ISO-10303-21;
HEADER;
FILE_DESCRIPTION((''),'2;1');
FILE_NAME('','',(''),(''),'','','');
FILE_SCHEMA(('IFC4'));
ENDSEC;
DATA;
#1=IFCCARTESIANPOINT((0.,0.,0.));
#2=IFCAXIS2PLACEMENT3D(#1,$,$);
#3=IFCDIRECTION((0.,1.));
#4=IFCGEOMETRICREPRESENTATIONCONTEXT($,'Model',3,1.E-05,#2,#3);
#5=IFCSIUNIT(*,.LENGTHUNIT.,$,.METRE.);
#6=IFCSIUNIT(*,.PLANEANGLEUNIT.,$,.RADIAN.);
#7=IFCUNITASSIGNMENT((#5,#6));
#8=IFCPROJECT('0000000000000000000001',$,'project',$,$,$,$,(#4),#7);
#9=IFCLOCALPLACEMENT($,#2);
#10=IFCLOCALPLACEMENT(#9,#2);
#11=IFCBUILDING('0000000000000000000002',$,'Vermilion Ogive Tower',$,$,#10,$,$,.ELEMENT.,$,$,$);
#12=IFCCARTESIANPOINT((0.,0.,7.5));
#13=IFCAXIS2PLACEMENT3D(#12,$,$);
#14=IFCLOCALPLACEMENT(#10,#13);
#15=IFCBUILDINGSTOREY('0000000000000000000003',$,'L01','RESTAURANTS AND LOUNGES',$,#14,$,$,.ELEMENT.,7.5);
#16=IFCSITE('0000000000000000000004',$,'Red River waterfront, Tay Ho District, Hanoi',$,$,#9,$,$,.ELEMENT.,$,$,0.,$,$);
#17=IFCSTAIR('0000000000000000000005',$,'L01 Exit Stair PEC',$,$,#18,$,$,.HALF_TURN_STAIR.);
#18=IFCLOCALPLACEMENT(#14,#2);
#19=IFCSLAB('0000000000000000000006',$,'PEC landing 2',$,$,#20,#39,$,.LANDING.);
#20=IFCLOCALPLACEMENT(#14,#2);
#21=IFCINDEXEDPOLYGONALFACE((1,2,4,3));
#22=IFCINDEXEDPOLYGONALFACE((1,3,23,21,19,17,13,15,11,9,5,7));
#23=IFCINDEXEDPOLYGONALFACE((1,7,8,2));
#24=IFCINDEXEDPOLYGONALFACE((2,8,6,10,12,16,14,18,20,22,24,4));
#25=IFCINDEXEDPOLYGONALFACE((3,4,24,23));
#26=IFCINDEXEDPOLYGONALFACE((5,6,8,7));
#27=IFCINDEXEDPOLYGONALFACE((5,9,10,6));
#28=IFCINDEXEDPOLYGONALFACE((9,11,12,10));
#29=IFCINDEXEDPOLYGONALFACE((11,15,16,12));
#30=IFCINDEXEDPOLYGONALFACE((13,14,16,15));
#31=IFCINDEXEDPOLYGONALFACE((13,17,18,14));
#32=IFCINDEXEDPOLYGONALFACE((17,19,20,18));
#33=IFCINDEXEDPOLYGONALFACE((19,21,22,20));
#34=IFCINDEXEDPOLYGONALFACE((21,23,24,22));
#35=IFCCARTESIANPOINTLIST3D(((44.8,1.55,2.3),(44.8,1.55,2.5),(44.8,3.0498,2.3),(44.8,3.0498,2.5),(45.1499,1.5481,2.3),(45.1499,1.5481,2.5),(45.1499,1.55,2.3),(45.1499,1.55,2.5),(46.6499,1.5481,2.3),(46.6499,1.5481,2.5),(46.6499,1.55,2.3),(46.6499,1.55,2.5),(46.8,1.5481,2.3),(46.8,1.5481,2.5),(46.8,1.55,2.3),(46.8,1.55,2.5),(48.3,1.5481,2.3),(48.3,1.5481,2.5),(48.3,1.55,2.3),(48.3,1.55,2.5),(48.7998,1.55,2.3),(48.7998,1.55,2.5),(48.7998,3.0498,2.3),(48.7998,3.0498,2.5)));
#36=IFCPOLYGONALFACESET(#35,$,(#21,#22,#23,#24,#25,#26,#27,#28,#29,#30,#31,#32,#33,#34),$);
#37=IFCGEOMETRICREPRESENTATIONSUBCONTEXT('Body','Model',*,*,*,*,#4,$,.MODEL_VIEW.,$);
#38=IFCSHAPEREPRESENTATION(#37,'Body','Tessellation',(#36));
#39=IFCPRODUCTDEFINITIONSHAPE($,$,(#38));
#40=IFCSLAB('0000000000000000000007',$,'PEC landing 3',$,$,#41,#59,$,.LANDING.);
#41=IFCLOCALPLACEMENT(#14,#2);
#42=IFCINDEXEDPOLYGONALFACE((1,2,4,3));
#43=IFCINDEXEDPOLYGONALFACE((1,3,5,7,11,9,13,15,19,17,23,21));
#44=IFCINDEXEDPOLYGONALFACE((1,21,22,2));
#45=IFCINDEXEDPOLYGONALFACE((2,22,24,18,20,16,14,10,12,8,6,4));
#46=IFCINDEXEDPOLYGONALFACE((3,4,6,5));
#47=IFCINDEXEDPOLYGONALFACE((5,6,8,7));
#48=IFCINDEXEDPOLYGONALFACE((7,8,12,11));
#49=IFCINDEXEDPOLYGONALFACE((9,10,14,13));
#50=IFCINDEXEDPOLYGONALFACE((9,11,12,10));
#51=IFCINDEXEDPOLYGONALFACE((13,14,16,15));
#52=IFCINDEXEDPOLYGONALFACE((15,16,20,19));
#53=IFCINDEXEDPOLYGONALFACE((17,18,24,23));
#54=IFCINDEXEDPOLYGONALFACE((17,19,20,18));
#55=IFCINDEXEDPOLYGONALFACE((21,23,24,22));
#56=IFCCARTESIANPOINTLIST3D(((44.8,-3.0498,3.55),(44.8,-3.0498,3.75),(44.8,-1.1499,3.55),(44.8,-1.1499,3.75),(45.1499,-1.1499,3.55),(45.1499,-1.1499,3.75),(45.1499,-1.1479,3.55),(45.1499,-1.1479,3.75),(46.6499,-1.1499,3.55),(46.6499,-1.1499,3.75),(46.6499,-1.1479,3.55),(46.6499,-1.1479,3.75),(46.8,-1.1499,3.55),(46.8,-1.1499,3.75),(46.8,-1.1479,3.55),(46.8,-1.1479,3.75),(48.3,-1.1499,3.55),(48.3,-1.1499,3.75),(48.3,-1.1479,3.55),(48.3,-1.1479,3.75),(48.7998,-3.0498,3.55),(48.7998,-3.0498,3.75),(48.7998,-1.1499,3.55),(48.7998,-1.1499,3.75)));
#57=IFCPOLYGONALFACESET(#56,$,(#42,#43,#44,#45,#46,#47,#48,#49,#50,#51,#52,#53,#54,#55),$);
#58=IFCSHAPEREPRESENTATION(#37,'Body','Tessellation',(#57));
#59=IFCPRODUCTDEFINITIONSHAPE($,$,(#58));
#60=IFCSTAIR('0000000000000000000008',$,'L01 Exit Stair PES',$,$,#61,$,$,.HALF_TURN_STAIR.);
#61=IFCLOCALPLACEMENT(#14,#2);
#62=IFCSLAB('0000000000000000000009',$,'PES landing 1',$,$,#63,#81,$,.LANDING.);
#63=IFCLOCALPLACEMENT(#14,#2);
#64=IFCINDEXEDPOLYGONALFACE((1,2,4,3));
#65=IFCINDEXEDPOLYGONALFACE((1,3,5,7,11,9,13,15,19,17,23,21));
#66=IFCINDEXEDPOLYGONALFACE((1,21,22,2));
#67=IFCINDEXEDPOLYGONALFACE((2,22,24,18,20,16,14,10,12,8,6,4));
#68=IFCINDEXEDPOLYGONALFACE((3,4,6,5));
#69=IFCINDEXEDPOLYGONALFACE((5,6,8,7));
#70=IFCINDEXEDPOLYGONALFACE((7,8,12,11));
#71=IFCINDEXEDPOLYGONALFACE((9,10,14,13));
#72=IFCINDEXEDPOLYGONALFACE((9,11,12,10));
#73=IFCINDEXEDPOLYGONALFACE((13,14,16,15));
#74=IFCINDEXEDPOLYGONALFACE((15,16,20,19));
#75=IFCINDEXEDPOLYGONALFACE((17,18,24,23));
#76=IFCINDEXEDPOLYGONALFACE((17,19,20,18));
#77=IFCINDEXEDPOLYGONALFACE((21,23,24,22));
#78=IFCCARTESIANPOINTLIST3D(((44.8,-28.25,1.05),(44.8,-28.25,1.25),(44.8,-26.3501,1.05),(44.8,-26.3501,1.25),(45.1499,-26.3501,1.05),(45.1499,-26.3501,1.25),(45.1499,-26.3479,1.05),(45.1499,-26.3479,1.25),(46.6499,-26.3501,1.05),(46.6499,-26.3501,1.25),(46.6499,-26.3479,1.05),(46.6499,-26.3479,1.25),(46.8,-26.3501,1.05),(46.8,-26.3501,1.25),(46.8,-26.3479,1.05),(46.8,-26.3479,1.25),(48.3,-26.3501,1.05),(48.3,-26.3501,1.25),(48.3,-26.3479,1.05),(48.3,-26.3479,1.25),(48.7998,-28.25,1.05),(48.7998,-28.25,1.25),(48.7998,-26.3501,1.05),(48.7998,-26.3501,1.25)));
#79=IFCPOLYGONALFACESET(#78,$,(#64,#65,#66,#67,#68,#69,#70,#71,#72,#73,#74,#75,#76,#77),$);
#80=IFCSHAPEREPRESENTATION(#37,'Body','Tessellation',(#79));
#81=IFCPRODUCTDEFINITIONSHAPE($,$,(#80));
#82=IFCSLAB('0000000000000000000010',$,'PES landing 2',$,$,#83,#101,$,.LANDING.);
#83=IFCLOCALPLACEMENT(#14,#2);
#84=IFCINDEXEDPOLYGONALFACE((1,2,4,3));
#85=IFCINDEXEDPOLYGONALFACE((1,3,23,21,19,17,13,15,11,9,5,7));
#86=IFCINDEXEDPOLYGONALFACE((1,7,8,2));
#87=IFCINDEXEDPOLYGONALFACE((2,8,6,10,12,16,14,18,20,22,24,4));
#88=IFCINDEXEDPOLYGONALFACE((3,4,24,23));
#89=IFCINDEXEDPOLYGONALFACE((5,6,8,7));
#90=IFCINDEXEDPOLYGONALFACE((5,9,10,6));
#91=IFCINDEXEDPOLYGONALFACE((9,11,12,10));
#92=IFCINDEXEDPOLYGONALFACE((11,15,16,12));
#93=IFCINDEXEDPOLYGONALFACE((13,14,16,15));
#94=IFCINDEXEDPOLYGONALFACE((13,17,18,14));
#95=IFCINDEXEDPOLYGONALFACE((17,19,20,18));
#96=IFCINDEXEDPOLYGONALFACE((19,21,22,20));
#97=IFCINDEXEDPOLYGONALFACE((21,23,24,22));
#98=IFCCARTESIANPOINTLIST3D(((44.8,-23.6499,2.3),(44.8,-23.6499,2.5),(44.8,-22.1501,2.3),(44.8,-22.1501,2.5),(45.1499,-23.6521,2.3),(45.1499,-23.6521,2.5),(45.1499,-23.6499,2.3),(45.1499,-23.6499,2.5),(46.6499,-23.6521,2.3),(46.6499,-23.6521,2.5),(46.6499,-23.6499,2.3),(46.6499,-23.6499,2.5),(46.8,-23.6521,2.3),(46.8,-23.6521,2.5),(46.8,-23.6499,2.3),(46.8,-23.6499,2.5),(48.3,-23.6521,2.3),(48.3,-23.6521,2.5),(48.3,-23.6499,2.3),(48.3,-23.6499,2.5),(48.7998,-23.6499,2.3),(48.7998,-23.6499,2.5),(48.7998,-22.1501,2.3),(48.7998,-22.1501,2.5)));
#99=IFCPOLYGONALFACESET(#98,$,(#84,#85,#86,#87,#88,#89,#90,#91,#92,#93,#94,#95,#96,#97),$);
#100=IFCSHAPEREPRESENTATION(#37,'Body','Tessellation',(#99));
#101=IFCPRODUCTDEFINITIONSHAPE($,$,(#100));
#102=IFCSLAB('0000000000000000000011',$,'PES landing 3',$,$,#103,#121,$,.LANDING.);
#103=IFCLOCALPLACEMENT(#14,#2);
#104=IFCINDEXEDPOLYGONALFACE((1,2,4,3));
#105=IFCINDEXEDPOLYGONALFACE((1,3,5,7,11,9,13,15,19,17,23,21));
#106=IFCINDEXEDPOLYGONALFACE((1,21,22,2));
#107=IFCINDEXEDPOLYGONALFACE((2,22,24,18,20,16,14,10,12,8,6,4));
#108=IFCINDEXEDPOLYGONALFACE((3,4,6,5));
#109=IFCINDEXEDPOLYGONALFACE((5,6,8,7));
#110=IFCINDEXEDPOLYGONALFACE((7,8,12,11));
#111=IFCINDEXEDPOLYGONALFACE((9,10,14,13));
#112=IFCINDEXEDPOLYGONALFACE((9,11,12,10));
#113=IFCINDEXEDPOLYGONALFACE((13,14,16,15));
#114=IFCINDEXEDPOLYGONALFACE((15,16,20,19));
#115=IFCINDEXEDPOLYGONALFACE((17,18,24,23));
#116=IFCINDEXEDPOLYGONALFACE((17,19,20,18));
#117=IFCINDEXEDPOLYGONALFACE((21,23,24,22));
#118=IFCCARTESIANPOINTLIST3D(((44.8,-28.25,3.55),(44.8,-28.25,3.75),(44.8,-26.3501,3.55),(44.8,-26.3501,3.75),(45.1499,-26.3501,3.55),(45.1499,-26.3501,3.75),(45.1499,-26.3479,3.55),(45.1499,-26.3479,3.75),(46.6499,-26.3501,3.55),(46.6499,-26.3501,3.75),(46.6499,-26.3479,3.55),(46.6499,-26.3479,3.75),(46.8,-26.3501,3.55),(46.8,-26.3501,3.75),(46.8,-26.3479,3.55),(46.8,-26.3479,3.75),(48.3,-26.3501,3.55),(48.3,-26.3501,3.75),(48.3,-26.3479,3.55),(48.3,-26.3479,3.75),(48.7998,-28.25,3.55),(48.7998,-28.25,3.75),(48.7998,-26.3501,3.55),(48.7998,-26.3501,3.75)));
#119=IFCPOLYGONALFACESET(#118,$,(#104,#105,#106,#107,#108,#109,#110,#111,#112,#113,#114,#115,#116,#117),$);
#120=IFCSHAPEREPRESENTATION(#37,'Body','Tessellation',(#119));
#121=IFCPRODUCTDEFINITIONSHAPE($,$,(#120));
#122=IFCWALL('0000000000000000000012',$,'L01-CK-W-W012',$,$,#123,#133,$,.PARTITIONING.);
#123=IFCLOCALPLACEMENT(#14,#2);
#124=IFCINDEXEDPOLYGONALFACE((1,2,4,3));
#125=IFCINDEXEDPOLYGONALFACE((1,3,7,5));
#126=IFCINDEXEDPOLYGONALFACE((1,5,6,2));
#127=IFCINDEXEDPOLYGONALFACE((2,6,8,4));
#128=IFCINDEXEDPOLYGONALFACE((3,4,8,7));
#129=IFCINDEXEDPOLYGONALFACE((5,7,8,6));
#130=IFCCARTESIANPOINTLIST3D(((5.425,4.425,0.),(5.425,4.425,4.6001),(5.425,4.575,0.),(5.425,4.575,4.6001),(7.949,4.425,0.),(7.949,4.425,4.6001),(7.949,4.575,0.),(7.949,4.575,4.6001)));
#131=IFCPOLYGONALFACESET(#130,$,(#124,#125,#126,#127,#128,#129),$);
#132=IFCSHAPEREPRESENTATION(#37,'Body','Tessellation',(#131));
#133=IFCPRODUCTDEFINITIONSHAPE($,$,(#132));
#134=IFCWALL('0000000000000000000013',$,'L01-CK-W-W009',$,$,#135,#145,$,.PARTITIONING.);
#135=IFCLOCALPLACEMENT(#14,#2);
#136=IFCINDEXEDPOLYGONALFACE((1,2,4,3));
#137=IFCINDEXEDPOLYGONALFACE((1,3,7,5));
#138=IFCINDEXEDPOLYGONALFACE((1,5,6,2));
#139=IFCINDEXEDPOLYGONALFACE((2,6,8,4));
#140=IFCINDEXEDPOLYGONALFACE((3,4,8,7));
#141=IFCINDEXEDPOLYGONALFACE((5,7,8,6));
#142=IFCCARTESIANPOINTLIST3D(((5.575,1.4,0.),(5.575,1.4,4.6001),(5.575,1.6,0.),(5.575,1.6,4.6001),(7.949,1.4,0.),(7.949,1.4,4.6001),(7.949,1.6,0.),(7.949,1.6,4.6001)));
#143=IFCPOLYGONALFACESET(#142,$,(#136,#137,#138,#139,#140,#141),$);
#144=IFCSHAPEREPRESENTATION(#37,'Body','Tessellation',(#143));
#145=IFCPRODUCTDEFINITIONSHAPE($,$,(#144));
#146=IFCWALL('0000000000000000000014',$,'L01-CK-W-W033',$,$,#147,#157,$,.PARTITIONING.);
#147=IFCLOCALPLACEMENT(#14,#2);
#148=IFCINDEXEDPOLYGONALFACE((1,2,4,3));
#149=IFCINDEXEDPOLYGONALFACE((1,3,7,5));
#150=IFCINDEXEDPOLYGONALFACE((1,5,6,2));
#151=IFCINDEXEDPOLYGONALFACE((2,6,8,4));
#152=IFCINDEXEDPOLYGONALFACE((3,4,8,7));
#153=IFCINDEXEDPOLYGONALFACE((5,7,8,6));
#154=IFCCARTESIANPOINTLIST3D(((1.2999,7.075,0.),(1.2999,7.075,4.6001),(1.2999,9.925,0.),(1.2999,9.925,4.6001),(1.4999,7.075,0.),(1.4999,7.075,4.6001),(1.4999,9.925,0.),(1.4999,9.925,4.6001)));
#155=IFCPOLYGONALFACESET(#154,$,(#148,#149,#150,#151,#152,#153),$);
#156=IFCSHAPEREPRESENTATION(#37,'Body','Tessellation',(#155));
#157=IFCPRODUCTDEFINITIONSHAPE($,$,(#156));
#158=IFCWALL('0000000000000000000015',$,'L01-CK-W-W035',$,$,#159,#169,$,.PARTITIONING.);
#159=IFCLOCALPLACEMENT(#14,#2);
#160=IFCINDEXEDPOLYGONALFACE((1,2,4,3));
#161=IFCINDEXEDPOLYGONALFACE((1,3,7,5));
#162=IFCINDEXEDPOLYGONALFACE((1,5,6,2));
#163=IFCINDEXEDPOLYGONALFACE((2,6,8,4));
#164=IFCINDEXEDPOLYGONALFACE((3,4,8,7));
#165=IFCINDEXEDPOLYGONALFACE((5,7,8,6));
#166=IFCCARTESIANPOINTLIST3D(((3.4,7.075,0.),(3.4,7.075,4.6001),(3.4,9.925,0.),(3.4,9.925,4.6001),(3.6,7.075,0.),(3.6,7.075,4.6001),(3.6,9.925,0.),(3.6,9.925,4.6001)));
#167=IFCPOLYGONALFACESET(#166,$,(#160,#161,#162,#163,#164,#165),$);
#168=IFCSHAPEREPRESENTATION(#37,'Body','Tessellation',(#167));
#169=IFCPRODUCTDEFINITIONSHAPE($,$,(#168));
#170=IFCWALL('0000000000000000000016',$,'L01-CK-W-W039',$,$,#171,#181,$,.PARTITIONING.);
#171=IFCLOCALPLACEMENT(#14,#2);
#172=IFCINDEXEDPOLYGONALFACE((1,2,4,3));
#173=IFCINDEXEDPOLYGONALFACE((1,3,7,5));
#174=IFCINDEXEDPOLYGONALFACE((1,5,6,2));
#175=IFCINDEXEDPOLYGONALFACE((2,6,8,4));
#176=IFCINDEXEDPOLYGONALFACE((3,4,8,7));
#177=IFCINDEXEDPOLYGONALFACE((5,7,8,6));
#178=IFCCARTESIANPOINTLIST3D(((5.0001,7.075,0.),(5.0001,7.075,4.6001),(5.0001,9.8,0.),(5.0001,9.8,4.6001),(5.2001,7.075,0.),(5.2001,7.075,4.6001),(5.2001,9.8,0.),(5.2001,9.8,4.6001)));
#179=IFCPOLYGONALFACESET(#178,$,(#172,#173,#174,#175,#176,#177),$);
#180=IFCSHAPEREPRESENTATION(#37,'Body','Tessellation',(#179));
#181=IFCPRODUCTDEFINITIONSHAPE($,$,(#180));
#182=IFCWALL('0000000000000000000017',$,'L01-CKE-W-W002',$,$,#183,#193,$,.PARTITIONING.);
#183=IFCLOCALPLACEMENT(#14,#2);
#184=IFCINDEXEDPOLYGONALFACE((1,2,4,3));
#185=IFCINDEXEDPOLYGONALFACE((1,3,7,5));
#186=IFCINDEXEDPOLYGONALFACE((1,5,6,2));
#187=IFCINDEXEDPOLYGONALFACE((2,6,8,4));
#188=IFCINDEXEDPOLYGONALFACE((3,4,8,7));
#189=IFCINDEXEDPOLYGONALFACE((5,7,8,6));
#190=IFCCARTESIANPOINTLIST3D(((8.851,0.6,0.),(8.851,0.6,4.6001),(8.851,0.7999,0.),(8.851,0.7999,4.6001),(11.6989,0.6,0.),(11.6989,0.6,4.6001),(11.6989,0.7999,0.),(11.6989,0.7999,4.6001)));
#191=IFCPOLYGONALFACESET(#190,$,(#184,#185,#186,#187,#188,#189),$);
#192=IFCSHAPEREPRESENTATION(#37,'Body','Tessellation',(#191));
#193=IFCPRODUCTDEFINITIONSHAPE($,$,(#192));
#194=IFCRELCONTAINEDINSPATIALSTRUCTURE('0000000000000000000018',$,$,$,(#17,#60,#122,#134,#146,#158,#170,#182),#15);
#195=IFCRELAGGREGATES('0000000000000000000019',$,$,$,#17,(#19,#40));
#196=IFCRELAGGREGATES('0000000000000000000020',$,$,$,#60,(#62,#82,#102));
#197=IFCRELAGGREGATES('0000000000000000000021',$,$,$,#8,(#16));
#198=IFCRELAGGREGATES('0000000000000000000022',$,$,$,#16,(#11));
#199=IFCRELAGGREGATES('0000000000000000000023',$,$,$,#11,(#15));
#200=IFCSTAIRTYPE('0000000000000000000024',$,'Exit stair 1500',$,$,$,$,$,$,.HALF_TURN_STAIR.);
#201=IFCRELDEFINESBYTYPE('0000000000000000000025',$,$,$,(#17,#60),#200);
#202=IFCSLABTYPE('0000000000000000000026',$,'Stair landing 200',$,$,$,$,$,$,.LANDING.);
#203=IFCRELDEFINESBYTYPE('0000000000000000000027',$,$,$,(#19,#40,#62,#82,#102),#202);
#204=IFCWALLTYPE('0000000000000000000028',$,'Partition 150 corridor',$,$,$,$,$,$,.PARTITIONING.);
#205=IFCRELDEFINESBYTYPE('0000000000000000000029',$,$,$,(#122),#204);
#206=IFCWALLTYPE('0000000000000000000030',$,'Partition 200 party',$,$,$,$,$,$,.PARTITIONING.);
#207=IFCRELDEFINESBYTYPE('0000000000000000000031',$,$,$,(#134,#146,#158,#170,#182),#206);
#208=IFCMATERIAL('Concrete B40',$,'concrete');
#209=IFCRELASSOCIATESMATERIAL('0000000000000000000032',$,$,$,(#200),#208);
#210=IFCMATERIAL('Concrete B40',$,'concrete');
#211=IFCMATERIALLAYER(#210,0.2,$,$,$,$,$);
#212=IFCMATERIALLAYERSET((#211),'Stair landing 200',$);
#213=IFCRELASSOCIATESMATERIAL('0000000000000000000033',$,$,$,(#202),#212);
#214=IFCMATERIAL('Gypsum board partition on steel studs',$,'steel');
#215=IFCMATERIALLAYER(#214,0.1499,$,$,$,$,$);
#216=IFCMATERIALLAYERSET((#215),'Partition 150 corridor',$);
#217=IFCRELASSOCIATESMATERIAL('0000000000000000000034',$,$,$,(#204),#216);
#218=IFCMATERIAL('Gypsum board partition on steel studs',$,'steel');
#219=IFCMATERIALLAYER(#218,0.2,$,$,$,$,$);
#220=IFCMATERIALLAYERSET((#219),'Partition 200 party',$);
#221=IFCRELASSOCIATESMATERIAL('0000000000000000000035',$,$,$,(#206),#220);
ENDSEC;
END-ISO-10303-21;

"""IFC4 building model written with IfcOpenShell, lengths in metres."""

from ifc_helpers import new_model, si_unit, direction, frame, frame_2d, origin, place, context, subcontext, project, spatial, polyline, rectangle, outline, extrude, material, layer, layer_set, type_object, element, aggregate, save


model = new_model("IFC4")

# Units and contexts
model_context = context("Model", 3, precision=1e-05, world=origin(), true_north=direction((0.0, 1.0)))
body_context = subcontext(model_context, "Body", "Model", "MODEL_VIEW")
ifc_project = project(units=[si_unit("LENGTHUNIT", "METRE"), si_unit("PLANEANGLEUNIT", "RADIAN")], contexts=[model_context])

# Site, building, storey
site_placement = place(None, origin())
site = spatial("IfcSite", under=ifc_project, at=site_placement, Name="Red River waterfront, Tay Ho District, Hanoi", CompositionType="ELEMENT", RefElevation=0.0)
building_placement = place(site_placement, origin())
building = spatial("IfcBuilding", under=site, at=building_placement, Name="Vermilion Ogive Tower", CompositionType="ELEMENT")
storey_placement = place(building_placement, frame((0.0, 0.0, 7.5)))
storey = spatial("IfcBuildingStorey", under=building, at=storey_placement, Name="L01", Description="RESTAURANTS AND LOUNGES", CompositionType="ELEMENT", Elevation=7.5)

# Stairs, slabs
ifc_material_1 = material(Name="Concrete B40", Category="concrete")
stair_type = type_object("IfcStairType", Name="Exit stair 1500", PredefinedType="HALF_TURN_STAIR", material=ifc_material_1)
ifc_material_2 = material(Name="Concrete B40", Category="concrete")
ifc_layer_1 = layer(ifc_material_2, 0.2)
ifc_layer_set_1 = layer_set([ifc_layer_1], Name="Stair landing 200")
slab_type_1 = type_object("IfcSlabType", Name="Stair landing 200", PredefinedType="LANDING", material=ifc_layer_set_1)
stair_1_placement = place(storey_placement, origin())
stair_1 = element("IfcStair", 1, at=stair_1_placement, inside=storey, type_object=stair_type, Name="L01 Exit Stair PEC", PredefinedType="HALF_TURN_STAIR")
slab_1_placement = place(storey_placement, frame((0.0, 0.0, 2.3)))
slab_1 = element("IfcSlab", 2, at=slab_1_placement, type_object=slab_type_1, Name="PEC landing 2", PredefinedType="LANDING", context=body_context, shape_type="SweptSolid", body=[
    extrude(outline(polyline([(44.8, 1.55), (45.1499, 1.55), (45.1499, 1.5481), (46.6499, 1.5481), (46.6499, 1.55), (46.8, 1.55), (46.8, 1.5481), (48.3, 1.5481), (48.3, 1.55), (48.7998, 1.55), (48.7998, 3.0498), (44.8, 3.0498), (44.8, 1.55)])), origin(), (0.0, 0.0, 1.0), 0.2),
])
slab_2_placement = place(storey_placement, frame((0.0, 0.0, 3.55)))
slab_2 = element("IfcSlab", 3, at=slab_2_placement, type_object=slab_type_1, Name="PEC landing 3", PredefinedType="LANDING", context=body_context, shape_type="SweptSolid", body=[
    extrude(outline(polyline([(48.7998, -1.1499), (48.3, -1.1499), (48.3, -1.1479), (46.8, -1.1479), (46.8, -1.1499), (46.6499, -1.1499), (46.6499, -1.1479), (45.1499, -1.1479), (45.1499, -1.1499), (44.8, -1.1499), (44.8, -3.0498), (48.7998, -3.0498), (48.7998, -1.1499)])), origin(), (0.0, 0.0, 1.0), 0.2),
])
aggregate(stair_1, [slab_1, slab_2])
stair_2_placement = place(storey_placement, origin())
stair_2 = element("IfcStair", 4, at=stair_2_placement, inside=storey, type_object=stair_type, Name="L01 Exit Stair PES", PredefinedType="HALF_TURN_STAIR")
slab_3_placement = place(storey_placement, frame((0.0, 0.0, 1.05)))
slab_3 = element("IfcSlab", 5, at=slab_3_placement, type_object=slab_type_1, Name="PES landing 1", PredefinedType="LANDING", context=body_context, shape_type="SweptSolid", body=[
    extrude(outline(polyline([(48.7998, -26.3501), (48.3, -26.3501), (48.3, -26.3479), (46.8, -26.3479), (46.8, -26.3501), (46.6499, -26.3501), (46.6499, -26.3479), (45.1499, -26.3479), (45.1499, -26.3501), (44.8, -26.3501), (44.8, -28.25), (48.7998, -28.25), (48.7998, -26.3501)])), origin(), (0.0, 0.0, 1.0), 0.2),
])
slab_4_placement = place(storey_placement, frame((0.0, 0.0, 2.3)))
slab_4 = element("IfcSlab", 6, at=slab_4_placement, type_object=slab_type_1, Name="PES landing 2", PredefinedType="LANDING", context=body_context, shape_type="SweptSolid", body=[
    extrude(outline(polyline([(44.8, -23.6499), (45.1499, -23.6499), (45.1499, -23.6521), (46.6499, -23.6521), (46.6499, -23.6499), (46.8, -23.6499), (46.8, -23.6521), (48.3, -23.6521), (48.3, -23.6499), (48.7998, -23.6499), (48.7998, -22.1501), (44.8, -22.1501), (44.8, -23.6499)])), origin(), (0.0, 0.0, 1.0), 0.2),
])
slab_5_placement = place(storey_placement, frame((0.0, 0.0, 3.55)))
slab_5 = element("IfcSlab", 7, at=slab_5_placement, type_object=slab_type_1, Name="PES landing 3", PredefinedType="LANDING", context=body_context, shape_type="SweptSolid", body=[
    extrude(outline(polyline([(48.7998, -26.3501), (48.3, -26.3501), (48.3, -26.3479), (46.8, -26.3479), (46.8, -26.3501), (46.6499, -26.3501), (46.6499, -26.3479), (45.1499, -26.3479), (45.1499, -26.3501), (44.8, -26.3501), (44.8, -28.25), (48.7998, -28.25), (48.7998, -26.3501)])), origin(), (0.0, 0.0, 1.0), 0.2),
])
aggregate(stair_2, [slab_3, slab_4, slab_5])

# Walls
ifc_material_3 = material(Name="Gypsum board partition on steel studs", Category="steel")
ifc_layer_2 = layer(ifc_material_3, 0.1499)
ifc_layer_set_2 = layer_set([ifc_layer_2], Name="Partition 150 corridor")
wall_type_1 = type_object("IfcWallType", Name="Partition 150 corridor", PredefinedType="PARTITIONING", material=ifc_layer_set_2)
wall_1_placement = place(storey_placement, frame((5.425, 4.5, 0.0), z_axis=(0.0, 0.0, 1.0), x_axis=(1.0, 0.0, 0.0)))
element("IfcWall", 8, at=wall_1_placement, inside=storey, type_object=wall_type_1, Name="L01-CK-W-W012", PredefinedType="PARTITIONING", context=body_context, shape_type="SweptSolid", body=[
    extrude(rectangle(XDim=2.5239, YDim=0.1499, at=frame_2d((1.262, 0.0))), origin(), (0.0, 0.0, 1.0), 4.6001),
])
ifc_material_4 = material(Name="Gypsum board partition on steel studs", Category="steel")
ifc_layer_3 = layer(ifc_material_4, 0.2)
ifc_layer_set_3 = layer_set([ifc_layer_3], Name="Partition 200 party")
wall_type_2 = type_object("IfcWallType", Name="Partition 200 party", PredefinedType="PARTITIONING", material=ifc_layer_set_3)
wall_2_placement = place(storey_placement, frame((5.575, 1.5, 0.0), z_axis=(0.0, 0.0, 1.0), x_axis=(1.0, 0.0, 0.0)))
element("IfcWall", 9, at=wall_2_placement, inside=storey, type_object=wall_type_2, Name="L01-CK-W-W009", PredefinedType="PARTITIONING", context=body_context, shape_type="SweptSolid", body=[
    extrude(rectangle(XDim=2.374, YDim=0.2, at=frame_2d((1.187, 0.0))), origin(), (0.0, 0.0, 1.0), 4.6001),
])
for number, where, z_axis, x_axis, name in (
    (10, (1.3999, 7.075, 0.0), (0.0, 0.0, 1.0), (0.0, 1.0, 0.0), "L01-CK-W-W033"),
    (11, (3.5, 7.075, 0.0), (0.0, 0.0, 1.0), (0.0, 1.0, 0.0), "L01-CK-W-W035"),
):
    element("IfcWall", number, at=place(storey_placement, frame(where, z_axis=z_axis, x_axis=x_axis)), inside=storey, type_object=wall_type_2, Name=name, PredefinedType="PARTITIONING", context=body_context, shape_type="SweptSolid", body=[
        extrude(rectangle(XDim=2.8501, YDim=0.2, at=frame_2d((1.425, 0.0))), origin(), (0.0, 0.0, 1.0), 4.6001),
    ])
wall_3_placement = place(storey_placement, frame((5.1001, 7.075, 0.0), z_axis=(0.0, 0.0, 1.0), x_axis=(0.0, 1.0, 0.0)))
element("IfcWall", 12, at=wall_3_placement, inside=storey, type_object=wall_type_2, Name="L01-CK-W-W039", PredefinedType="PARTITIONING", context=body_context, shape_type="SweptSolid", body=[
    extrude(rectangle(XDim=2.7251, YDim=0.2, at=frame_2d((1.3625, 0.0))), origin(), (0.0, 0.0, 1.0), 4.6001),
])
for number, where, z_axis, x_axis, name in (
    (13, (8.8511, 0.7, 0.0), (0.0, 0.0, 1.0), (1.0, 0.0, 0.0), "L01-CKE-W-W002"),
):
    element("IfcWall", number, at=place(storey_placement, frame(where, z_axis=z_axis, x_axis=x_axis)), inside=storey, type_object=wall_type_2, Name=name, PredefinedType="PARTITIONING", context=body_context, shape_type="SweptSolid", body=[
        extrude(rectangle(XDim=2.8479, YDim=0.2, at=frame_2d((1.4238, 0.0))), origin(), (0.0, 0.0, 1.0), 4.6001),
    ])

save(model, "model.ifc")
